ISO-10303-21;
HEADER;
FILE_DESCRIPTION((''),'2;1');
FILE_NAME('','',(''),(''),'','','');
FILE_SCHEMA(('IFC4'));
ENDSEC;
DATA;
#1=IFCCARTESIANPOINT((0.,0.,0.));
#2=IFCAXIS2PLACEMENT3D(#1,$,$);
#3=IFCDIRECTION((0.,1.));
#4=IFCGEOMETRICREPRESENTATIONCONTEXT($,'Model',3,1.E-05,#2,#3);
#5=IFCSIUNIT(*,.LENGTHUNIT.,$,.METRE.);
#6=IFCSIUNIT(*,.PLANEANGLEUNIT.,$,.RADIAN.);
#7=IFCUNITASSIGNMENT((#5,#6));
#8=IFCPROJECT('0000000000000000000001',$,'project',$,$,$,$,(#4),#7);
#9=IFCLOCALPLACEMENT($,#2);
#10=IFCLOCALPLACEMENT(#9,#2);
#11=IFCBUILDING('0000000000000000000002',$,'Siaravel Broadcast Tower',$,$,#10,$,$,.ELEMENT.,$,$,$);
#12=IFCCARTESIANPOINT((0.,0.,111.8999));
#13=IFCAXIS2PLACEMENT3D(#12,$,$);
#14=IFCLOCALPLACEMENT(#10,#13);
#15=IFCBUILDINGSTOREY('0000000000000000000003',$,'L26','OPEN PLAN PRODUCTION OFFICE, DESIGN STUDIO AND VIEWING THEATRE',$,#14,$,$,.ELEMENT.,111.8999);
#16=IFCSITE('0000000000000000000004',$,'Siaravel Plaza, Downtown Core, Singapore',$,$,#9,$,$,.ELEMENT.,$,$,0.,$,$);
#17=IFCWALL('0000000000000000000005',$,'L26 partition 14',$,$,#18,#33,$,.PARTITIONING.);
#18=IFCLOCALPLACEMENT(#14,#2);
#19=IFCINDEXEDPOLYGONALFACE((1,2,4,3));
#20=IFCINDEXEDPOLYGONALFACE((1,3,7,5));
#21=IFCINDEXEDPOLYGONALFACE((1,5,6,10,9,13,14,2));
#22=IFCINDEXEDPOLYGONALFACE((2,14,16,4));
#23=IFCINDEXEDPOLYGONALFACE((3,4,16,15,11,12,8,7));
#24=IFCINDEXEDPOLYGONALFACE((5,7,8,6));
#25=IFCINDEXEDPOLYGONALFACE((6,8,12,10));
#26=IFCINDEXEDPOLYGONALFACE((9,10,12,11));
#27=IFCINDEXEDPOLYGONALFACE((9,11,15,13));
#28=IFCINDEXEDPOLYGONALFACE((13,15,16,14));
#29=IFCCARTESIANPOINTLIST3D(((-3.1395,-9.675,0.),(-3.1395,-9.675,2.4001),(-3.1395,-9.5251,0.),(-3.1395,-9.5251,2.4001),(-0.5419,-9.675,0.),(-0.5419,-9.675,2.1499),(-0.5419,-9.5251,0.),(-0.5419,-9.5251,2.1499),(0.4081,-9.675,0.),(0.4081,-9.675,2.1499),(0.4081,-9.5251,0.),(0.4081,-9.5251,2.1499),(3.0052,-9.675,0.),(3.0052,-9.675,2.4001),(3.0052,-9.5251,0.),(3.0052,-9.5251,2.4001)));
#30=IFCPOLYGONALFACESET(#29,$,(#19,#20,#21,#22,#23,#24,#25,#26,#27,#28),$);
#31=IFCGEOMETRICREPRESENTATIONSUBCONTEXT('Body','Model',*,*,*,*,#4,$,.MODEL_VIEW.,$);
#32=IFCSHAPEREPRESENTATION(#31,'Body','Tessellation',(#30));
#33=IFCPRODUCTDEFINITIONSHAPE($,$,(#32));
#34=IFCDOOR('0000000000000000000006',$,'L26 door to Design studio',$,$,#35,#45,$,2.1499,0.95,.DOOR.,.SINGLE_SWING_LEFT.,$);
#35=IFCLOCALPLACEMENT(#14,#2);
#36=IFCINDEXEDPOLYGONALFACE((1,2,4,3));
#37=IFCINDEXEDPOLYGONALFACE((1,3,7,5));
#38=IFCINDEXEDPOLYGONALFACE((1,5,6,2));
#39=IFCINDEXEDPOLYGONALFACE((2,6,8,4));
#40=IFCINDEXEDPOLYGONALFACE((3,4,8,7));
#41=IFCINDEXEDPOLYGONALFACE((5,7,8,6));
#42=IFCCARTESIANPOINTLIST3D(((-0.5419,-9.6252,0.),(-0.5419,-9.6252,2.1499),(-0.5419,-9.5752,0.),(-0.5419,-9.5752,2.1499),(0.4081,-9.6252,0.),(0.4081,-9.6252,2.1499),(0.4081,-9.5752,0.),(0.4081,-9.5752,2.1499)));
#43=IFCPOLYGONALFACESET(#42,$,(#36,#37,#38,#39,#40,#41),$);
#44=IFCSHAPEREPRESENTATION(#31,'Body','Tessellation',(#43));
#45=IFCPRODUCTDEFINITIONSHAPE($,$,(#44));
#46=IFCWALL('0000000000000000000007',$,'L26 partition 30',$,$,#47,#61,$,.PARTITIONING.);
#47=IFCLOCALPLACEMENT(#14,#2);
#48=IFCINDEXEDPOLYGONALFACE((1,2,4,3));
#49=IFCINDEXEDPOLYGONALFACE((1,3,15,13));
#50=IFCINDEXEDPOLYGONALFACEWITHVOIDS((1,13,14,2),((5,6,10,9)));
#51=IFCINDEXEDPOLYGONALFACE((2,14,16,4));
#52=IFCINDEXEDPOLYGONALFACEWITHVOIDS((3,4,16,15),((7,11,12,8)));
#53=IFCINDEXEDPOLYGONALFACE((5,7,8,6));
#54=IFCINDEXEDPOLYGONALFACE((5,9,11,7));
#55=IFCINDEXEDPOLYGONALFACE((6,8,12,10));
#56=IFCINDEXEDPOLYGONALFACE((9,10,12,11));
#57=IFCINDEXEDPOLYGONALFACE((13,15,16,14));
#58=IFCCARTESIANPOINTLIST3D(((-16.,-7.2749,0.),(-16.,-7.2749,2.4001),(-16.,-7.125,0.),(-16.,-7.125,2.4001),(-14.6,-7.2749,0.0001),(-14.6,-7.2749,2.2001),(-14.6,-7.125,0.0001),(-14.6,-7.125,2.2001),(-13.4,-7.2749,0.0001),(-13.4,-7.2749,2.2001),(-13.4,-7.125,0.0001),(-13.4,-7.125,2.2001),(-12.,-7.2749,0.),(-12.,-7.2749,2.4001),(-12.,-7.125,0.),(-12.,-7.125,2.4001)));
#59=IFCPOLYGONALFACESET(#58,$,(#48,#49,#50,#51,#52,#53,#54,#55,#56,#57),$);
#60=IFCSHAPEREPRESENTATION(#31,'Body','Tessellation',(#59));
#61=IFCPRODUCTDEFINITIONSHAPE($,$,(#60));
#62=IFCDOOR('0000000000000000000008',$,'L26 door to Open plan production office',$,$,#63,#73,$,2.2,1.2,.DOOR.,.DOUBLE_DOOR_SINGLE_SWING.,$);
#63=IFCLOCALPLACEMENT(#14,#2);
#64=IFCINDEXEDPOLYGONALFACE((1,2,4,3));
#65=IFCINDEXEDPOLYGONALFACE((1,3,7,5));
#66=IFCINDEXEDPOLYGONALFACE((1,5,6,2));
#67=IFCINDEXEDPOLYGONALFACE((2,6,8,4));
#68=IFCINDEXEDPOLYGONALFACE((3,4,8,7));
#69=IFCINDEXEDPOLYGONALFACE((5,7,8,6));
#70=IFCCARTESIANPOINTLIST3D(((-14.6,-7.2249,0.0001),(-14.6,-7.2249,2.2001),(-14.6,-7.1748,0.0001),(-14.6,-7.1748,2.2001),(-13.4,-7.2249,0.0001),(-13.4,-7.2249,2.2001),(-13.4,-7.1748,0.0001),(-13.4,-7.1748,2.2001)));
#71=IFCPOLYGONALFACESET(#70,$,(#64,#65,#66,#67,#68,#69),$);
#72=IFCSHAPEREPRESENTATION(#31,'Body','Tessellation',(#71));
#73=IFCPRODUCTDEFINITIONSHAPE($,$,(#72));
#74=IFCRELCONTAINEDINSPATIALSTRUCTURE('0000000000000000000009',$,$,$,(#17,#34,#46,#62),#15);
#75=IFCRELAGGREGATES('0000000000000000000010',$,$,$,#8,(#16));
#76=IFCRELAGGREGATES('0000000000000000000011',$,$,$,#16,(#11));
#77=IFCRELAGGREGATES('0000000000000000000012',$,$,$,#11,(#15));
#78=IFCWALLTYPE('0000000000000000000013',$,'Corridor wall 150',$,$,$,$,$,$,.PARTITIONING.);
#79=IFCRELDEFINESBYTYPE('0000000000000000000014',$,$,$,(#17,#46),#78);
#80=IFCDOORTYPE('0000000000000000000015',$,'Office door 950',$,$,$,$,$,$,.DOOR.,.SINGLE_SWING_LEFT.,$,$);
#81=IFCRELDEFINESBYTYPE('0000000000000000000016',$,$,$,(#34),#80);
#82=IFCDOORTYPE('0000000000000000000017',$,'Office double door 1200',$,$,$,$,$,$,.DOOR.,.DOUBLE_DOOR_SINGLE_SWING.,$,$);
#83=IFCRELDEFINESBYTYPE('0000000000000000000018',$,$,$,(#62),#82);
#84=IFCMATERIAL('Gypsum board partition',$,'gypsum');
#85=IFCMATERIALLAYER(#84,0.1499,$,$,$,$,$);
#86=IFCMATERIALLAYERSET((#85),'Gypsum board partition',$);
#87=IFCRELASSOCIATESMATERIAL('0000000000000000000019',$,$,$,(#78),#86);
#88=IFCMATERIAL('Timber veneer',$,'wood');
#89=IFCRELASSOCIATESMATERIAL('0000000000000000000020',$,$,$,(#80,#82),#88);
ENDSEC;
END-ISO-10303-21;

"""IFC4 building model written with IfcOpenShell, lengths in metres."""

from ifc_helpers import new_model, si_unit, direction, frame, frame_2d, origin, place, context, subcontext, project, spatial, rectangle, extrude, material, layer, layer_set, type_object, element, fill, save


model = new_model("IFC4")

# Units and contexts
model_context = context("Model", 3, precision=1e-05, world=origin(), true_north=direction((0.0, 1.0)))
body_context = subcontext(model_context, "Body", "Model", "MODEL_VIEW")
ifc_project = project(units=[si_unit("LENGTHUNIT", "METRE"), si_unit("PLANEANGLEUNIT", "RADIAN")], contexts=[model_context])

# Site, building, storey
site_placement = place(None, origin())
site = spatial("IfcSite", under=ifc_project, at=site_placement, Name="Siaravel Plaza, Downtown Core, Singapore", CompositionType="ELEMENT", RefElevation=0.0)
building_placement = place(site_placement, origin())
building = spatial("IfcBuilding", under=site, at=building_placement, Name="Siaravel Broadcast Tower", CompositionType="ELEMENT")
storey_placement = place(building_placement, frame((0.0, 0.0, 111.8999)))
storey = spatial("IfcBuildingStorey", under=building, at=storey_placement, Name="L26", Description="OPEN PLAN PRODUCTION OFFICE, DESIGN STUDIO AND VIEWING THEATRE", CompositionType="ELEMENT", Elevation=111.8999)

# Walls, openings, doors
ifc_material_1 = material(Name="Gypsum board partition", Category="gypsum")
ifc_layer_1 = layer(ifc_material_1, 0.1499)
ifc_layer_set_1 = layer_set([ifc_layer_1], Name="Gypsum board partition")
wall_type_1 = type_object("IfcWallType", Name="Corridor wall 150", PredefinedType="PARTITIONING", material=ifc_layer_set_1)
wall_1_placement = place(storey_placement, frame((-3.1394, -9.6001, 0.0), z_axis=(0.0, 0.0, 1.0), x_axis=(1.0, 0.0, 0.0)))
wall_1 = element("IfcWall", 1, at=wall_1_placement, inside=storey, type_object=wall_type_1, Name="L26 partition 14", PredefinedType="PARTITIONING", context=body_context, shape_type="SweptSolid", body=[
    extrude(rectangle(XDim=6.1448, YDim=0.1499, at=frame_2d((3.0723, 0.0))), origin(), (0.0, 0.0, 1.0), 2.4001),
])
opening_1_placement = place(wall_1_placement, frame((2.5974, 0.0, 0.0)))
opening_1 = element("IfcOpeningElement", 2, at=opening_1_placement, cuts=wall_1, PredefinedType="OPENING", context=body_context, shape_type="SweptSolid", body=[
    extrude(rectangle(XDim=0.95, YDim=2.1499, at=frame_2d((0.4751, 1.075))), frame((0.0, 0.085, 0.0), z_axis=(0.0, -1.0, 0.0), x_axis=(1.0, 0.0, 0.0)), (0.0, 0.0, 1.0), 0.1699),
])
ifc_material_2 = material(Name="Timber veneer", Category="wood")
door_type_1 = type_object("IfcDoorType", Name="Office door 950", OperationType="SINGLE_SWING_LEFT", PredefinedType="DOOR", material=ifc_material_2)
door_1_placement = place(opening_1_placement, origin())
door_1 = element("IfcDoor", 3, at=door_1_placement, inside=storey, type_object=door_type_1, Name="L26 door to Design studio", OperationType="SINGLE_SWING_LEFT", OverallHeight=2.1499, OverallWidth=0.95, PredefinedType="DOOR", context=body_context, shape_type="SweptSolid", body=[
    extrude(rectangle(XDim=0.95, YDim=2.1499, at=frame_2d((0.4751, 1.075))), frame((0.0, 0.0249, 0.0), z_axis=(0.0, -1.0, 0.0), x_axis=(1.0, 0.0, 0.0)), (0.0, 0.0, 1.0), 0.05),
])
fill(opening_1, door_1)
wall_2_placement = place(storey_placement, frame((-12.0, -7.2, 0.0), z_axis=(0.0, 0.0, 1.0), x_axis=(-1.0, 0.0, 0.0)))
wall_2 = element("IfcWall", 4, at=wall_2_placement, inside=storey, type_object=wall_type_1, Name="L26 partition 30", PredefinedType="PARTITIONING", context=body_context, shape_type="SweptSolid", body=[
    extrude(rectangle(XDim=4.0, YDim=0.1499, at=frame_2d((2.0, 0.0))), origin(), (0.0, 0.0, 1.0), 2.4001),
])
opening_2_placement = place(wall_2_placement, frame((1.3999, 0.0, 0.0)))
opening_2 = element("IfcOpeningElement", 5, at=opening_2_placement, cuts=wall_2, PredefinedType="OPENING", context=body_context, shape_type="SweptSolid", body=[
    extrude(rectangle(XDim=1.2, YDim=2.2, at=frame_2d((0.6001, 1.1001))), frame((0.0, 0.085, 0.0), z_axis=(0.0, -1.0, 0.0), x_axis=(1.0, 0.0, 0.0)), (0.0, 0.0, 1.0), 0.1699),
])
door_type_2 = type_object("IfcDoorType", Name="Office double door 1200", OperationType="DOUBLE_DOOR_SINGLE_SWING", PredefinedType="DOOR", material=ifc_material_2)
door_2_placement = place(opening_2_placement, origin())
door_2 = element("IfcDoor", 6, at=door_2_placement, inside=storey, type_object=door_type_2, Name="L26 door to Open plan production office", OperationType="DOUBLE_DOOR_SINGLE_SWING", OverallHeight=2.2, OverallWidth=1.2, PredefinedType="DOOR", context=body_context, shape_type="SweptSolid", body=[
    extrude(rectangle(XDim=1.2, YDim=2.2, at=frame_2d((0.6001, 1.1001))), frame((0.0, 0.0249, 0.0), z_axis=(0.0, -1.0, 0.0), x_axis=(1.0, 0.0, 0.0)), (0.0, 0.0, 1.0), 0.05),
])
fill(opening_2, door_2)

save(model, "model.ifc")
